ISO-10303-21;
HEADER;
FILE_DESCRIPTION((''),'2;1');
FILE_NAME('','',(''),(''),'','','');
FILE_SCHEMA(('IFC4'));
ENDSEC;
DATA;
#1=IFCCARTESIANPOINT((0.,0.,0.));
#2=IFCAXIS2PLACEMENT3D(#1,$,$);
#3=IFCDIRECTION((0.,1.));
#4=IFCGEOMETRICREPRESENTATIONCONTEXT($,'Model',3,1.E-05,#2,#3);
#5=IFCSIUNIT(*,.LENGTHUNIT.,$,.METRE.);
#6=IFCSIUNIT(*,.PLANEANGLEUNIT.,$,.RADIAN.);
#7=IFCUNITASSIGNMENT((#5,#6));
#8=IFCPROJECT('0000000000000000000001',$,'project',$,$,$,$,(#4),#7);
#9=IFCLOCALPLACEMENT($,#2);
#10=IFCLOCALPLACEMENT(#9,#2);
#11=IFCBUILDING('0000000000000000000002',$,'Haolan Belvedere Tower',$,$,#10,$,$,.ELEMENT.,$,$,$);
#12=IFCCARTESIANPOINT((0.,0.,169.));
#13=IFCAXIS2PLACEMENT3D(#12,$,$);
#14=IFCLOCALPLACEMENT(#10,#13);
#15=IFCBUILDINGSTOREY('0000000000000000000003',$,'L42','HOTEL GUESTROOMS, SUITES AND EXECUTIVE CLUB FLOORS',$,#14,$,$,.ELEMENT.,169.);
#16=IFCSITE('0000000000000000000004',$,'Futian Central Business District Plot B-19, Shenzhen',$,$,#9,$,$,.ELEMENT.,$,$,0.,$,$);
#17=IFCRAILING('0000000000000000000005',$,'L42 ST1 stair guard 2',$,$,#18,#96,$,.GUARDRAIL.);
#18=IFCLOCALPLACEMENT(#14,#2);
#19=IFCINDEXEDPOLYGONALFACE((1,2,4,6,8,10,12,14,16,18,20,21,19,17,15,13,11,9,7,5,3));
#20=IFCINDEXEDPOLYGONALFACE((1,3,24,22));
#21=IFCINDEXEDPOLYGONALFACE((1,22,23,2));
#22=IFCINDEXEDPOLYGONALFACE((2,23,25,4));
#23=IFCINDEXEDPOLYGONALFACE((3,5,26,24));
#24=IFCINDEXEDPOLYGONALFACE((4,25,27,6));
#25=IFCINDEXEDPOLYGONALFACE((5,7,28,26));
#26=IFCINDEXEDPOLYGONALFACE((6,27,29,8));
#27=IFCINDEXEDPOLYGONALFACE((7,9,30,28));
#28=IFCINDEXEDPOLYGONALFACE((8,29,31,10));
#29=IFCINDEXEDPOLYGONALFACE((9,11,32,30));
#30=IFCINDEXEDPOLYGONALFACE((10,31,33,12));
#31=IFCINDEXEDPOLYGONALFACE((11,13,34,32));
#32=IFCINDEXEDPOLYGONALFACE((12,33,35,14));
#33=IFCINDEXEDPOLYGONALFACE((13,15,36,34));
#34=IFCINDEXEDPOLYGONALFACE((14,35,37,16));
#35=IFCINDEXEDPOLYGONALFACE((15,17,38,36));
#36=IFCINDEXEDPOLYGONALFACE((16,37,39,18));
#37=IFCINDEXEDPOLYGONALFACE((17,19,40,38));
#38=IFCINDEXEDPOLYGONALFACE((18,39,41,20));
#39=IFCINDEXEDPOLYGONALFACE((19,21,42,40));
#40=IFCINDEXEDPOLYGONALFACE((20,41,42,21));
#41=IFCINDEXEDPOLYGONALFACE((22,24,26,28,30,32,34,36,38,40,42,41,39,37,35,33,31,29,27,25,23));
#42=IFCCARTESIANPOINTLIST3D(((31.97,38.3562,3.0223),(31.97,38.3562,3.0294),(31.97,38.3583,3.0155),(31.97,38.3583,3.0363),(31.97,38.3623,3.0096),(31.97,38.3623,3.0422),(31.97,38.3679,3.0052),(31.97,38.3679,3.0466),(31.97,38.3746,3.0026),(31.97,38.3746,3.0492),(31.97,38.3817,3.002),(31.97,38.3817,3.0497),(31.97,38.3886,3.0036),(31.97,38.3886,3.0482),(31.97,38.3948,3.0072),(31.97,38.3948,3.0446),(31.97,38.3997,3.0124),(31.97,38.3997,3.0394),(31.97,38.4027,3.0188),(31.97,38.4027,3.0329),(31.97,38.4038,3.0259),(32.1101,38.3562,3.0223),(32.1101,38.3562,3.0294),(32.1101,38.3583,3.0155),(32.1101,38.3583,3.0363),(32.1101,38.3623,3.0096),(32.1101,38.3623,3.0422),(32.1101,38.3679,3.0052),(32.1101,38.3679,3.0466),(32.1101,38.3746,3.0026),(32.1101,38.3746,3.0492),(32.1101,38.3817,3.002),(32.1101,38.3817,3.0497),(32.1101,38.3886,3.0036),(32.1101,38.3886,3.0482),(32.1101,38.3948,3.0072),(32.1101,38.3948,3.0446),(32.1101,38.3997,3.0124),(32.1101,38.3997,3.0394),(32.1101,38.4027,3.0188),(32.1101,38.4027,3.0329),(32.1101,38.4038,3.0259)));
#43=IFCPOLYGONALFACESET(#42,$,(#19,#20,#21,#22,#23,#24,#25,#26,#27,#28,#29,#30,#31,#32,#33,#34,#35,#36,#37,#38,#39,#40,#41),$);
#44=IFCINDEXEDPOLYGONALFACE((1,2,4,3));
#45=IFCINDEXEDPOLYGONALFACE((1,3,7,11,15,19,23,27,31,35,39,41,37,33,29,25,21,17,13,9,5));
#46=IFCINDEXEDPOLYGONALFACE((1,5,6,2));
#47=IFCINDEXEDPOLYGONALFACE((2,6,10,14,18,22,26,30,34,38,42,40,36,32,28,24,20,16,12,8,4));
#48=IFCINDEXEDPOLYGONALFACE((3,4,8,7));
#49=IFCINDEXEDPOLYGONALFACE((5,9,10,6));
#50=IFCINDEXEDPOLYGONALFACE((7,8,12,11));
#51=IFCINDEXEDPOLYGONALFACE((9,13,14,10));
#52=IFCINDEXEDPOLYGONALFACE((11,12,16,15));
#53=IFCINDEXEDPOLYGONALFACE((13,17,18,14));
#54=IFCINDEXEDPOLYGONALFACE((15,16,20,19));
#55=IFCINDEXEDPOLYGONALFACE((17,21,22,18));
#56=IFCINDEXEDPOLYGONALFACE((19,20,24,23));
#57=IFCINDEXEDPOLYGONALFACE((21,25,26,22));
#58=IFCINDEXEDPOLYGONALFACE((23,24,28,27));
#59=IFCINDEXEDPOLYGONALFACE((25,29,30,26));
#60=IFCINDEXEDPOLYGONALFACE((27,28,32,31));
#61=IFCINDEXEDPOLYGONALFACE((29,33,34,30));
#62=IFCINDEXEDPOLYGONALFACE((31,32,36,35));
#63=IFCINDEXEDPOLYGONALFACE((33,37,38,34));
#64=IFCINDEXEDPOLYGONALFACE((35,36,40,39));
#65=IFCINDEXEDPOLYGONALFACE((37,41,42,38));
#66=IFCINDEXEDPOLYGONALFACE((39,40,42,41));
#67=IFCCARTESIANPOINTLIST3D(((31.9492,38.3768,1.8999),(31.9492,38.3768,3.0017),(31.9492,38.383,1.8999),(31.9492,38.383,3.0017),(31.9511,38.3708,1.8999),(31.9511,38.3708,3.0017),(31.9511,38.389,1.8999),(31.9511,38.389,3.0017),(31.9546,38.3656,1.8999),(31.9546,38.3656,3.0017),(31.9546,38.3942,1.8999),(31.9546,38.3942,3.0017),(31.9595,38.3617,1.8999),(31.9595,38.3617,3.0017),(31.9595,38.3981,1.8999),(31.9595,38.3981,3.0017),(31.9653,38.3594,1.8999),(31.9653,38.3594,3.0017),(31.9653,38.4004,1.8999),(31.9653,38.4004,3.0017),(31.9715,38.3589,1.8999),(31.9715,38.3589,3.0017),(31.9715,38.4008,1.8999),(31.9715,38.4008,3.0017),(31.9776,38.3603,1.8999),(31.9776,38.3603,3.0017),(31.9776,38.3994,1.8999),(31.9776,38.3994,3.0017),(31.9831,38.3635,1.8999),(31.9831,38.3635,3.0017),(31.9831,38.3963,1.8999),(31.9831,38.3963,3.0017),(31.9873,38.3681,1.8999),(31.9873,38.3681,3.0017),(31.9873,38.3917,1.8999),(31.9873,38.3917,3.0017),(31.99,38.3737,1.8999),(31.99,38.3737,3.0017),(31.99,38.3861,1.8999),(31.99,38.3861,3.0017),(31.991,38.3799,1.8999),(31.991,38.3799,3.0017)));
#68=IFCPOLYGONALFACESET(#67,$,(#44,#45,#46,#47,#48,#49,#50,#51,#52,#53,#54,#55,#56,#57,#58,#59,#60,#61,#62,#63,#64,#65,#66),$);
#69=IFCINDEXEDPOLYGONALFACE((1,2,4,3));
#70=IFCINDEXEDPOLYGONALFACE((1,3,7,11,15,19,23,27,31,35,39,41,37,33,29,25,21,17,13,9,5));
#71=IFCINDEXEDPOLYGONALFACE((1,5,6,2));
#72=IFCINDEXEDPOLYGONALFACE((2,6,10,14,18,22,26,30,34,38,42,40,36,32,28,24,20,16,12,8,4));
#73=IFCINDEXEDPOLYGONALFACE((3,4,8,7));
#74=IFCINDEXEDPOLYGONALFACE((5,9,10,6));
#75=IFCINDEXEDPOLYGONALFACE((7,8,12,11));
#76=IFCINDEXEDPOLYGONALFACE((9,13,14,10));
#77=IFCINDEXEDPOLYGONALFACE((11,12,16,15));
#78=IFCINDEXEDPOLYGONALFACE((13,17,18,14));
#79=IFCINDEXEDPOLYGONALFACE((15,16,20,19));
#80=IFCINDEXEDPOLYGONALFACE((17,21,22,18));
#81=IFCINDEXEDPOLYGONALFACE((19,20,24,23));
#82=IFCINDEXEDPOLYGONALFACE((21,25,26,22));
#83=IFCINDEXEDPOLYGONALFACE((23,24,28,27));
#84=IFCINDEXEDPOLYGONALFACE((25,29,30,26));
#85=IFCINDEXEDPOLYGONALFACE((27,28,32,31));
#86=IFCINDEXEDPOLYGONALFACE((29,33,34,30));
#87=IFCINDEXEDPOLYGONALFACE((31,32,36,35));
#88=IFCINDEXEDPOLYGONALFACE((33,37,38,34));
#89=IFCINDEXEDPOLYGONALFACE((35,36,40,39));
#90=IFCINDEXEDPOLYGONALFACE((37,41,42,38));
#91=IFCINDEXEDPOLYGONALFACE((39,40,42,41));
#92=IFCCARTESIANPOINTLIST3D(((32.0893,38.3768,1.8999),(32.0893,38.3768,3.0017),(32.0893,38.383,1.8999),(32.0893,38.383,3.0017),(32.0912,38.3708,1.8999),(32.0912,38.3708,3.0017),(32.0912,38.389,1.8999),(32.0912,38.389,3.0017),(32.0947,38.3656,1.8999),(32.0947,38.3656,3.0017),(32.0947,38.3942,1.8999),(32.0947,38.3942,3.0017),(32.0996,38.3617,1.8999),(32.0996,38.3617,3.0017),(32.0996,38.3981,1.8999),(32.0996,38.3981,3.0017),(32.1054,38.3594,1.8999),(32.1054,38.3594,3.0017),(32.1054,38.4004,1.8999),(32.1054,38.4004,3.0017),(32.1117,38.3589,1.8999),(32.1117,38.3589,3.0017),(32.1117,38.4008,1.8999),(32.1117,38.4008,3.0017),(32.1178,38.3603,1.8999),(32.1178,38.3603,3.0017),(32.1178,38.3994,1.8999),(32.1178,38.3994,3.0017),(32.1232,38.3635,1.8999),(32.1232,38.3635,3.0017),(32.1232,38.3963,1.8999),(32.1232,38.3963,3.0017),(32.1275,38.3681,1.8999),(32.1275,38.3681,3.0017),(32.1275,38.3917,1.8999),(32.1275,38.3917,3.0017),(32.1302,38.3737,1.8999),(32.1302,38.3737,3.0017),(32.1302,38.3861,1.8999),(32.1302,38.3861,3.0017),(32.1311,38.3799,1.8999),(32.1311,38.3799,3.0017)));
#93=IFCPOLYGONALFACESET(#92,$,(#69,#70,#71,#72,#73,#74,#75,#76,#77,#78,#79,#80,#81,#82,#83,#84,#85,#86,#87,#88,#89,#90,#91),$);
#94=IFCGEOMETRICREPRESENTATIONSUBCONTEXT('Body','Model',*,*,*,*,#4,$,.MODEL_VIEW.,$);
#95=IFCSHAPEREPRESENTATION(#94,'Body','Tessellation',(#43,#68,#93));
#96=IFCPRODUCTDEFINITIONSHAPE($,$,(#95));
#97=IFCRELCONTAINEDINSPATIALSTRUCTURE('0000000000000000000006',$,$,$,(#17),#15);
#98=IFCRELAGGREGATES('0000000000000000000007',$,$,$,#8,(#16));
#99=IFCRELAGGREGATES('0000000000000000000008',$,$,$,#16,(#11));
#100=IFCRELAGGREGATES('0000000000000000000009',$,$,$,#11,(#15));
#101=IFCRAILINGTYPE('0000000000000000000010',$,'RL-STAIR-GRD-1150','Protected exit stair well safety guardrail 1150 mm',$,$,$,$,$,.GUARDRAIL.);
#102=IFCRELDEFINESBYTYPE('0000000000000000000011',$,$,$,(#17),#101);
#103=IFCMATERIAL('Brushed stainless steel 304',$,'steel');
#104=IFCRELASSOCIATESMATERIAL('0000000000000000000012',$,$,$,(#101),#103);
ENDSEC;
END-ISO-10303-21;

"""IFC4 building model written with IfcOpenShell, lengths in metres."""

from ifc_helpers import new_model, si_unit, direction, frame, origin, origin_2d, place, context, subcontext, project, spatial, circle, extrude, material, type_object, element, save


model = new_model("IFC4")

# Units and contexts
model_context = context("Model", 3, precision=1e-05, world=origin(), true_north=direction((0.0, 1.0)))
body_context = subcontext(model_context, "Body", "Model", "MODEL_VIEW")
ifc_project = project(units=[si_unit("LENGTHUNIT", "METRE"), si_unit("PLANEANGLEUNIT", "RADIAN")], contexts=[model_context])

# Site, building, storey
site_placement = place(None, origin())
site = spatial("IfcSite", under=ifc_project, at=site_placement, Name="Futian Central Business District Plot B-19, Shenzhen", CompositionType="ELEMENT", RefElevation=0.0)
building_placement = place(site_placement, origin())
building = spatial("IfcBuilding", under=site, at=building_placement, Name="Haolan Belvedere Tower", CompositionType="ELEMENT")
storey_placement = place(building_placement, frame((0.0, 0.0, 169.0)))
storey = spatial("IfcBuildingStorey", under=building, at=storey_placement, Name="L42", Description="HOTEL GUESTROOMS, SUITES AND EXECUTIVE CLUB FLOORS", CompositionType="ELEMENT", Elevation=169.0)

# Railing
ifc_material_1 = material(Name="Brushed stainless steel 304", Category="steel")
railing_type_1 = type_object("IfcRailingType", Name="RL-STAIR-GRD-1150", Description="Protected exit stair well safety guardrail 1150 mm", PredefinedType="GUARDRAIL", material=ifc_material_1)
railing_1_placement = place(storey_placement, frame((31.97, 38.3799, 1.8999)))
element("IfcRailing", 1, at=railing_1_placement, inside=storey, type_object=railing_type_1, Name="L42 ST1 stair guard 2", PredefinedType="GUARDRAIL", context=body_context, shape_type="SweptSolid", body=[
    extrude(circle(Radius=0.0239, at=origin_2d()), frame((0.0, 0.0, 1.126), z_axis=(1.0, 0.0, 0.0), x_axis=(0.0, 1.0, 0.0)), (0.0, 0.0, 1.0), 0.1401),
    extrude(circle(Radius=0.021, at=origin_2d()), origin(), (0.0, 0.0, 1.0), 1.1018),
    extrude(circle(Radius=0.021, at=origin_2d()), frame((0.1401, 0.0, 0.0)), (0.0, 0.0, 1.0), 1.1018),
])

save(model, "model.ifc")
